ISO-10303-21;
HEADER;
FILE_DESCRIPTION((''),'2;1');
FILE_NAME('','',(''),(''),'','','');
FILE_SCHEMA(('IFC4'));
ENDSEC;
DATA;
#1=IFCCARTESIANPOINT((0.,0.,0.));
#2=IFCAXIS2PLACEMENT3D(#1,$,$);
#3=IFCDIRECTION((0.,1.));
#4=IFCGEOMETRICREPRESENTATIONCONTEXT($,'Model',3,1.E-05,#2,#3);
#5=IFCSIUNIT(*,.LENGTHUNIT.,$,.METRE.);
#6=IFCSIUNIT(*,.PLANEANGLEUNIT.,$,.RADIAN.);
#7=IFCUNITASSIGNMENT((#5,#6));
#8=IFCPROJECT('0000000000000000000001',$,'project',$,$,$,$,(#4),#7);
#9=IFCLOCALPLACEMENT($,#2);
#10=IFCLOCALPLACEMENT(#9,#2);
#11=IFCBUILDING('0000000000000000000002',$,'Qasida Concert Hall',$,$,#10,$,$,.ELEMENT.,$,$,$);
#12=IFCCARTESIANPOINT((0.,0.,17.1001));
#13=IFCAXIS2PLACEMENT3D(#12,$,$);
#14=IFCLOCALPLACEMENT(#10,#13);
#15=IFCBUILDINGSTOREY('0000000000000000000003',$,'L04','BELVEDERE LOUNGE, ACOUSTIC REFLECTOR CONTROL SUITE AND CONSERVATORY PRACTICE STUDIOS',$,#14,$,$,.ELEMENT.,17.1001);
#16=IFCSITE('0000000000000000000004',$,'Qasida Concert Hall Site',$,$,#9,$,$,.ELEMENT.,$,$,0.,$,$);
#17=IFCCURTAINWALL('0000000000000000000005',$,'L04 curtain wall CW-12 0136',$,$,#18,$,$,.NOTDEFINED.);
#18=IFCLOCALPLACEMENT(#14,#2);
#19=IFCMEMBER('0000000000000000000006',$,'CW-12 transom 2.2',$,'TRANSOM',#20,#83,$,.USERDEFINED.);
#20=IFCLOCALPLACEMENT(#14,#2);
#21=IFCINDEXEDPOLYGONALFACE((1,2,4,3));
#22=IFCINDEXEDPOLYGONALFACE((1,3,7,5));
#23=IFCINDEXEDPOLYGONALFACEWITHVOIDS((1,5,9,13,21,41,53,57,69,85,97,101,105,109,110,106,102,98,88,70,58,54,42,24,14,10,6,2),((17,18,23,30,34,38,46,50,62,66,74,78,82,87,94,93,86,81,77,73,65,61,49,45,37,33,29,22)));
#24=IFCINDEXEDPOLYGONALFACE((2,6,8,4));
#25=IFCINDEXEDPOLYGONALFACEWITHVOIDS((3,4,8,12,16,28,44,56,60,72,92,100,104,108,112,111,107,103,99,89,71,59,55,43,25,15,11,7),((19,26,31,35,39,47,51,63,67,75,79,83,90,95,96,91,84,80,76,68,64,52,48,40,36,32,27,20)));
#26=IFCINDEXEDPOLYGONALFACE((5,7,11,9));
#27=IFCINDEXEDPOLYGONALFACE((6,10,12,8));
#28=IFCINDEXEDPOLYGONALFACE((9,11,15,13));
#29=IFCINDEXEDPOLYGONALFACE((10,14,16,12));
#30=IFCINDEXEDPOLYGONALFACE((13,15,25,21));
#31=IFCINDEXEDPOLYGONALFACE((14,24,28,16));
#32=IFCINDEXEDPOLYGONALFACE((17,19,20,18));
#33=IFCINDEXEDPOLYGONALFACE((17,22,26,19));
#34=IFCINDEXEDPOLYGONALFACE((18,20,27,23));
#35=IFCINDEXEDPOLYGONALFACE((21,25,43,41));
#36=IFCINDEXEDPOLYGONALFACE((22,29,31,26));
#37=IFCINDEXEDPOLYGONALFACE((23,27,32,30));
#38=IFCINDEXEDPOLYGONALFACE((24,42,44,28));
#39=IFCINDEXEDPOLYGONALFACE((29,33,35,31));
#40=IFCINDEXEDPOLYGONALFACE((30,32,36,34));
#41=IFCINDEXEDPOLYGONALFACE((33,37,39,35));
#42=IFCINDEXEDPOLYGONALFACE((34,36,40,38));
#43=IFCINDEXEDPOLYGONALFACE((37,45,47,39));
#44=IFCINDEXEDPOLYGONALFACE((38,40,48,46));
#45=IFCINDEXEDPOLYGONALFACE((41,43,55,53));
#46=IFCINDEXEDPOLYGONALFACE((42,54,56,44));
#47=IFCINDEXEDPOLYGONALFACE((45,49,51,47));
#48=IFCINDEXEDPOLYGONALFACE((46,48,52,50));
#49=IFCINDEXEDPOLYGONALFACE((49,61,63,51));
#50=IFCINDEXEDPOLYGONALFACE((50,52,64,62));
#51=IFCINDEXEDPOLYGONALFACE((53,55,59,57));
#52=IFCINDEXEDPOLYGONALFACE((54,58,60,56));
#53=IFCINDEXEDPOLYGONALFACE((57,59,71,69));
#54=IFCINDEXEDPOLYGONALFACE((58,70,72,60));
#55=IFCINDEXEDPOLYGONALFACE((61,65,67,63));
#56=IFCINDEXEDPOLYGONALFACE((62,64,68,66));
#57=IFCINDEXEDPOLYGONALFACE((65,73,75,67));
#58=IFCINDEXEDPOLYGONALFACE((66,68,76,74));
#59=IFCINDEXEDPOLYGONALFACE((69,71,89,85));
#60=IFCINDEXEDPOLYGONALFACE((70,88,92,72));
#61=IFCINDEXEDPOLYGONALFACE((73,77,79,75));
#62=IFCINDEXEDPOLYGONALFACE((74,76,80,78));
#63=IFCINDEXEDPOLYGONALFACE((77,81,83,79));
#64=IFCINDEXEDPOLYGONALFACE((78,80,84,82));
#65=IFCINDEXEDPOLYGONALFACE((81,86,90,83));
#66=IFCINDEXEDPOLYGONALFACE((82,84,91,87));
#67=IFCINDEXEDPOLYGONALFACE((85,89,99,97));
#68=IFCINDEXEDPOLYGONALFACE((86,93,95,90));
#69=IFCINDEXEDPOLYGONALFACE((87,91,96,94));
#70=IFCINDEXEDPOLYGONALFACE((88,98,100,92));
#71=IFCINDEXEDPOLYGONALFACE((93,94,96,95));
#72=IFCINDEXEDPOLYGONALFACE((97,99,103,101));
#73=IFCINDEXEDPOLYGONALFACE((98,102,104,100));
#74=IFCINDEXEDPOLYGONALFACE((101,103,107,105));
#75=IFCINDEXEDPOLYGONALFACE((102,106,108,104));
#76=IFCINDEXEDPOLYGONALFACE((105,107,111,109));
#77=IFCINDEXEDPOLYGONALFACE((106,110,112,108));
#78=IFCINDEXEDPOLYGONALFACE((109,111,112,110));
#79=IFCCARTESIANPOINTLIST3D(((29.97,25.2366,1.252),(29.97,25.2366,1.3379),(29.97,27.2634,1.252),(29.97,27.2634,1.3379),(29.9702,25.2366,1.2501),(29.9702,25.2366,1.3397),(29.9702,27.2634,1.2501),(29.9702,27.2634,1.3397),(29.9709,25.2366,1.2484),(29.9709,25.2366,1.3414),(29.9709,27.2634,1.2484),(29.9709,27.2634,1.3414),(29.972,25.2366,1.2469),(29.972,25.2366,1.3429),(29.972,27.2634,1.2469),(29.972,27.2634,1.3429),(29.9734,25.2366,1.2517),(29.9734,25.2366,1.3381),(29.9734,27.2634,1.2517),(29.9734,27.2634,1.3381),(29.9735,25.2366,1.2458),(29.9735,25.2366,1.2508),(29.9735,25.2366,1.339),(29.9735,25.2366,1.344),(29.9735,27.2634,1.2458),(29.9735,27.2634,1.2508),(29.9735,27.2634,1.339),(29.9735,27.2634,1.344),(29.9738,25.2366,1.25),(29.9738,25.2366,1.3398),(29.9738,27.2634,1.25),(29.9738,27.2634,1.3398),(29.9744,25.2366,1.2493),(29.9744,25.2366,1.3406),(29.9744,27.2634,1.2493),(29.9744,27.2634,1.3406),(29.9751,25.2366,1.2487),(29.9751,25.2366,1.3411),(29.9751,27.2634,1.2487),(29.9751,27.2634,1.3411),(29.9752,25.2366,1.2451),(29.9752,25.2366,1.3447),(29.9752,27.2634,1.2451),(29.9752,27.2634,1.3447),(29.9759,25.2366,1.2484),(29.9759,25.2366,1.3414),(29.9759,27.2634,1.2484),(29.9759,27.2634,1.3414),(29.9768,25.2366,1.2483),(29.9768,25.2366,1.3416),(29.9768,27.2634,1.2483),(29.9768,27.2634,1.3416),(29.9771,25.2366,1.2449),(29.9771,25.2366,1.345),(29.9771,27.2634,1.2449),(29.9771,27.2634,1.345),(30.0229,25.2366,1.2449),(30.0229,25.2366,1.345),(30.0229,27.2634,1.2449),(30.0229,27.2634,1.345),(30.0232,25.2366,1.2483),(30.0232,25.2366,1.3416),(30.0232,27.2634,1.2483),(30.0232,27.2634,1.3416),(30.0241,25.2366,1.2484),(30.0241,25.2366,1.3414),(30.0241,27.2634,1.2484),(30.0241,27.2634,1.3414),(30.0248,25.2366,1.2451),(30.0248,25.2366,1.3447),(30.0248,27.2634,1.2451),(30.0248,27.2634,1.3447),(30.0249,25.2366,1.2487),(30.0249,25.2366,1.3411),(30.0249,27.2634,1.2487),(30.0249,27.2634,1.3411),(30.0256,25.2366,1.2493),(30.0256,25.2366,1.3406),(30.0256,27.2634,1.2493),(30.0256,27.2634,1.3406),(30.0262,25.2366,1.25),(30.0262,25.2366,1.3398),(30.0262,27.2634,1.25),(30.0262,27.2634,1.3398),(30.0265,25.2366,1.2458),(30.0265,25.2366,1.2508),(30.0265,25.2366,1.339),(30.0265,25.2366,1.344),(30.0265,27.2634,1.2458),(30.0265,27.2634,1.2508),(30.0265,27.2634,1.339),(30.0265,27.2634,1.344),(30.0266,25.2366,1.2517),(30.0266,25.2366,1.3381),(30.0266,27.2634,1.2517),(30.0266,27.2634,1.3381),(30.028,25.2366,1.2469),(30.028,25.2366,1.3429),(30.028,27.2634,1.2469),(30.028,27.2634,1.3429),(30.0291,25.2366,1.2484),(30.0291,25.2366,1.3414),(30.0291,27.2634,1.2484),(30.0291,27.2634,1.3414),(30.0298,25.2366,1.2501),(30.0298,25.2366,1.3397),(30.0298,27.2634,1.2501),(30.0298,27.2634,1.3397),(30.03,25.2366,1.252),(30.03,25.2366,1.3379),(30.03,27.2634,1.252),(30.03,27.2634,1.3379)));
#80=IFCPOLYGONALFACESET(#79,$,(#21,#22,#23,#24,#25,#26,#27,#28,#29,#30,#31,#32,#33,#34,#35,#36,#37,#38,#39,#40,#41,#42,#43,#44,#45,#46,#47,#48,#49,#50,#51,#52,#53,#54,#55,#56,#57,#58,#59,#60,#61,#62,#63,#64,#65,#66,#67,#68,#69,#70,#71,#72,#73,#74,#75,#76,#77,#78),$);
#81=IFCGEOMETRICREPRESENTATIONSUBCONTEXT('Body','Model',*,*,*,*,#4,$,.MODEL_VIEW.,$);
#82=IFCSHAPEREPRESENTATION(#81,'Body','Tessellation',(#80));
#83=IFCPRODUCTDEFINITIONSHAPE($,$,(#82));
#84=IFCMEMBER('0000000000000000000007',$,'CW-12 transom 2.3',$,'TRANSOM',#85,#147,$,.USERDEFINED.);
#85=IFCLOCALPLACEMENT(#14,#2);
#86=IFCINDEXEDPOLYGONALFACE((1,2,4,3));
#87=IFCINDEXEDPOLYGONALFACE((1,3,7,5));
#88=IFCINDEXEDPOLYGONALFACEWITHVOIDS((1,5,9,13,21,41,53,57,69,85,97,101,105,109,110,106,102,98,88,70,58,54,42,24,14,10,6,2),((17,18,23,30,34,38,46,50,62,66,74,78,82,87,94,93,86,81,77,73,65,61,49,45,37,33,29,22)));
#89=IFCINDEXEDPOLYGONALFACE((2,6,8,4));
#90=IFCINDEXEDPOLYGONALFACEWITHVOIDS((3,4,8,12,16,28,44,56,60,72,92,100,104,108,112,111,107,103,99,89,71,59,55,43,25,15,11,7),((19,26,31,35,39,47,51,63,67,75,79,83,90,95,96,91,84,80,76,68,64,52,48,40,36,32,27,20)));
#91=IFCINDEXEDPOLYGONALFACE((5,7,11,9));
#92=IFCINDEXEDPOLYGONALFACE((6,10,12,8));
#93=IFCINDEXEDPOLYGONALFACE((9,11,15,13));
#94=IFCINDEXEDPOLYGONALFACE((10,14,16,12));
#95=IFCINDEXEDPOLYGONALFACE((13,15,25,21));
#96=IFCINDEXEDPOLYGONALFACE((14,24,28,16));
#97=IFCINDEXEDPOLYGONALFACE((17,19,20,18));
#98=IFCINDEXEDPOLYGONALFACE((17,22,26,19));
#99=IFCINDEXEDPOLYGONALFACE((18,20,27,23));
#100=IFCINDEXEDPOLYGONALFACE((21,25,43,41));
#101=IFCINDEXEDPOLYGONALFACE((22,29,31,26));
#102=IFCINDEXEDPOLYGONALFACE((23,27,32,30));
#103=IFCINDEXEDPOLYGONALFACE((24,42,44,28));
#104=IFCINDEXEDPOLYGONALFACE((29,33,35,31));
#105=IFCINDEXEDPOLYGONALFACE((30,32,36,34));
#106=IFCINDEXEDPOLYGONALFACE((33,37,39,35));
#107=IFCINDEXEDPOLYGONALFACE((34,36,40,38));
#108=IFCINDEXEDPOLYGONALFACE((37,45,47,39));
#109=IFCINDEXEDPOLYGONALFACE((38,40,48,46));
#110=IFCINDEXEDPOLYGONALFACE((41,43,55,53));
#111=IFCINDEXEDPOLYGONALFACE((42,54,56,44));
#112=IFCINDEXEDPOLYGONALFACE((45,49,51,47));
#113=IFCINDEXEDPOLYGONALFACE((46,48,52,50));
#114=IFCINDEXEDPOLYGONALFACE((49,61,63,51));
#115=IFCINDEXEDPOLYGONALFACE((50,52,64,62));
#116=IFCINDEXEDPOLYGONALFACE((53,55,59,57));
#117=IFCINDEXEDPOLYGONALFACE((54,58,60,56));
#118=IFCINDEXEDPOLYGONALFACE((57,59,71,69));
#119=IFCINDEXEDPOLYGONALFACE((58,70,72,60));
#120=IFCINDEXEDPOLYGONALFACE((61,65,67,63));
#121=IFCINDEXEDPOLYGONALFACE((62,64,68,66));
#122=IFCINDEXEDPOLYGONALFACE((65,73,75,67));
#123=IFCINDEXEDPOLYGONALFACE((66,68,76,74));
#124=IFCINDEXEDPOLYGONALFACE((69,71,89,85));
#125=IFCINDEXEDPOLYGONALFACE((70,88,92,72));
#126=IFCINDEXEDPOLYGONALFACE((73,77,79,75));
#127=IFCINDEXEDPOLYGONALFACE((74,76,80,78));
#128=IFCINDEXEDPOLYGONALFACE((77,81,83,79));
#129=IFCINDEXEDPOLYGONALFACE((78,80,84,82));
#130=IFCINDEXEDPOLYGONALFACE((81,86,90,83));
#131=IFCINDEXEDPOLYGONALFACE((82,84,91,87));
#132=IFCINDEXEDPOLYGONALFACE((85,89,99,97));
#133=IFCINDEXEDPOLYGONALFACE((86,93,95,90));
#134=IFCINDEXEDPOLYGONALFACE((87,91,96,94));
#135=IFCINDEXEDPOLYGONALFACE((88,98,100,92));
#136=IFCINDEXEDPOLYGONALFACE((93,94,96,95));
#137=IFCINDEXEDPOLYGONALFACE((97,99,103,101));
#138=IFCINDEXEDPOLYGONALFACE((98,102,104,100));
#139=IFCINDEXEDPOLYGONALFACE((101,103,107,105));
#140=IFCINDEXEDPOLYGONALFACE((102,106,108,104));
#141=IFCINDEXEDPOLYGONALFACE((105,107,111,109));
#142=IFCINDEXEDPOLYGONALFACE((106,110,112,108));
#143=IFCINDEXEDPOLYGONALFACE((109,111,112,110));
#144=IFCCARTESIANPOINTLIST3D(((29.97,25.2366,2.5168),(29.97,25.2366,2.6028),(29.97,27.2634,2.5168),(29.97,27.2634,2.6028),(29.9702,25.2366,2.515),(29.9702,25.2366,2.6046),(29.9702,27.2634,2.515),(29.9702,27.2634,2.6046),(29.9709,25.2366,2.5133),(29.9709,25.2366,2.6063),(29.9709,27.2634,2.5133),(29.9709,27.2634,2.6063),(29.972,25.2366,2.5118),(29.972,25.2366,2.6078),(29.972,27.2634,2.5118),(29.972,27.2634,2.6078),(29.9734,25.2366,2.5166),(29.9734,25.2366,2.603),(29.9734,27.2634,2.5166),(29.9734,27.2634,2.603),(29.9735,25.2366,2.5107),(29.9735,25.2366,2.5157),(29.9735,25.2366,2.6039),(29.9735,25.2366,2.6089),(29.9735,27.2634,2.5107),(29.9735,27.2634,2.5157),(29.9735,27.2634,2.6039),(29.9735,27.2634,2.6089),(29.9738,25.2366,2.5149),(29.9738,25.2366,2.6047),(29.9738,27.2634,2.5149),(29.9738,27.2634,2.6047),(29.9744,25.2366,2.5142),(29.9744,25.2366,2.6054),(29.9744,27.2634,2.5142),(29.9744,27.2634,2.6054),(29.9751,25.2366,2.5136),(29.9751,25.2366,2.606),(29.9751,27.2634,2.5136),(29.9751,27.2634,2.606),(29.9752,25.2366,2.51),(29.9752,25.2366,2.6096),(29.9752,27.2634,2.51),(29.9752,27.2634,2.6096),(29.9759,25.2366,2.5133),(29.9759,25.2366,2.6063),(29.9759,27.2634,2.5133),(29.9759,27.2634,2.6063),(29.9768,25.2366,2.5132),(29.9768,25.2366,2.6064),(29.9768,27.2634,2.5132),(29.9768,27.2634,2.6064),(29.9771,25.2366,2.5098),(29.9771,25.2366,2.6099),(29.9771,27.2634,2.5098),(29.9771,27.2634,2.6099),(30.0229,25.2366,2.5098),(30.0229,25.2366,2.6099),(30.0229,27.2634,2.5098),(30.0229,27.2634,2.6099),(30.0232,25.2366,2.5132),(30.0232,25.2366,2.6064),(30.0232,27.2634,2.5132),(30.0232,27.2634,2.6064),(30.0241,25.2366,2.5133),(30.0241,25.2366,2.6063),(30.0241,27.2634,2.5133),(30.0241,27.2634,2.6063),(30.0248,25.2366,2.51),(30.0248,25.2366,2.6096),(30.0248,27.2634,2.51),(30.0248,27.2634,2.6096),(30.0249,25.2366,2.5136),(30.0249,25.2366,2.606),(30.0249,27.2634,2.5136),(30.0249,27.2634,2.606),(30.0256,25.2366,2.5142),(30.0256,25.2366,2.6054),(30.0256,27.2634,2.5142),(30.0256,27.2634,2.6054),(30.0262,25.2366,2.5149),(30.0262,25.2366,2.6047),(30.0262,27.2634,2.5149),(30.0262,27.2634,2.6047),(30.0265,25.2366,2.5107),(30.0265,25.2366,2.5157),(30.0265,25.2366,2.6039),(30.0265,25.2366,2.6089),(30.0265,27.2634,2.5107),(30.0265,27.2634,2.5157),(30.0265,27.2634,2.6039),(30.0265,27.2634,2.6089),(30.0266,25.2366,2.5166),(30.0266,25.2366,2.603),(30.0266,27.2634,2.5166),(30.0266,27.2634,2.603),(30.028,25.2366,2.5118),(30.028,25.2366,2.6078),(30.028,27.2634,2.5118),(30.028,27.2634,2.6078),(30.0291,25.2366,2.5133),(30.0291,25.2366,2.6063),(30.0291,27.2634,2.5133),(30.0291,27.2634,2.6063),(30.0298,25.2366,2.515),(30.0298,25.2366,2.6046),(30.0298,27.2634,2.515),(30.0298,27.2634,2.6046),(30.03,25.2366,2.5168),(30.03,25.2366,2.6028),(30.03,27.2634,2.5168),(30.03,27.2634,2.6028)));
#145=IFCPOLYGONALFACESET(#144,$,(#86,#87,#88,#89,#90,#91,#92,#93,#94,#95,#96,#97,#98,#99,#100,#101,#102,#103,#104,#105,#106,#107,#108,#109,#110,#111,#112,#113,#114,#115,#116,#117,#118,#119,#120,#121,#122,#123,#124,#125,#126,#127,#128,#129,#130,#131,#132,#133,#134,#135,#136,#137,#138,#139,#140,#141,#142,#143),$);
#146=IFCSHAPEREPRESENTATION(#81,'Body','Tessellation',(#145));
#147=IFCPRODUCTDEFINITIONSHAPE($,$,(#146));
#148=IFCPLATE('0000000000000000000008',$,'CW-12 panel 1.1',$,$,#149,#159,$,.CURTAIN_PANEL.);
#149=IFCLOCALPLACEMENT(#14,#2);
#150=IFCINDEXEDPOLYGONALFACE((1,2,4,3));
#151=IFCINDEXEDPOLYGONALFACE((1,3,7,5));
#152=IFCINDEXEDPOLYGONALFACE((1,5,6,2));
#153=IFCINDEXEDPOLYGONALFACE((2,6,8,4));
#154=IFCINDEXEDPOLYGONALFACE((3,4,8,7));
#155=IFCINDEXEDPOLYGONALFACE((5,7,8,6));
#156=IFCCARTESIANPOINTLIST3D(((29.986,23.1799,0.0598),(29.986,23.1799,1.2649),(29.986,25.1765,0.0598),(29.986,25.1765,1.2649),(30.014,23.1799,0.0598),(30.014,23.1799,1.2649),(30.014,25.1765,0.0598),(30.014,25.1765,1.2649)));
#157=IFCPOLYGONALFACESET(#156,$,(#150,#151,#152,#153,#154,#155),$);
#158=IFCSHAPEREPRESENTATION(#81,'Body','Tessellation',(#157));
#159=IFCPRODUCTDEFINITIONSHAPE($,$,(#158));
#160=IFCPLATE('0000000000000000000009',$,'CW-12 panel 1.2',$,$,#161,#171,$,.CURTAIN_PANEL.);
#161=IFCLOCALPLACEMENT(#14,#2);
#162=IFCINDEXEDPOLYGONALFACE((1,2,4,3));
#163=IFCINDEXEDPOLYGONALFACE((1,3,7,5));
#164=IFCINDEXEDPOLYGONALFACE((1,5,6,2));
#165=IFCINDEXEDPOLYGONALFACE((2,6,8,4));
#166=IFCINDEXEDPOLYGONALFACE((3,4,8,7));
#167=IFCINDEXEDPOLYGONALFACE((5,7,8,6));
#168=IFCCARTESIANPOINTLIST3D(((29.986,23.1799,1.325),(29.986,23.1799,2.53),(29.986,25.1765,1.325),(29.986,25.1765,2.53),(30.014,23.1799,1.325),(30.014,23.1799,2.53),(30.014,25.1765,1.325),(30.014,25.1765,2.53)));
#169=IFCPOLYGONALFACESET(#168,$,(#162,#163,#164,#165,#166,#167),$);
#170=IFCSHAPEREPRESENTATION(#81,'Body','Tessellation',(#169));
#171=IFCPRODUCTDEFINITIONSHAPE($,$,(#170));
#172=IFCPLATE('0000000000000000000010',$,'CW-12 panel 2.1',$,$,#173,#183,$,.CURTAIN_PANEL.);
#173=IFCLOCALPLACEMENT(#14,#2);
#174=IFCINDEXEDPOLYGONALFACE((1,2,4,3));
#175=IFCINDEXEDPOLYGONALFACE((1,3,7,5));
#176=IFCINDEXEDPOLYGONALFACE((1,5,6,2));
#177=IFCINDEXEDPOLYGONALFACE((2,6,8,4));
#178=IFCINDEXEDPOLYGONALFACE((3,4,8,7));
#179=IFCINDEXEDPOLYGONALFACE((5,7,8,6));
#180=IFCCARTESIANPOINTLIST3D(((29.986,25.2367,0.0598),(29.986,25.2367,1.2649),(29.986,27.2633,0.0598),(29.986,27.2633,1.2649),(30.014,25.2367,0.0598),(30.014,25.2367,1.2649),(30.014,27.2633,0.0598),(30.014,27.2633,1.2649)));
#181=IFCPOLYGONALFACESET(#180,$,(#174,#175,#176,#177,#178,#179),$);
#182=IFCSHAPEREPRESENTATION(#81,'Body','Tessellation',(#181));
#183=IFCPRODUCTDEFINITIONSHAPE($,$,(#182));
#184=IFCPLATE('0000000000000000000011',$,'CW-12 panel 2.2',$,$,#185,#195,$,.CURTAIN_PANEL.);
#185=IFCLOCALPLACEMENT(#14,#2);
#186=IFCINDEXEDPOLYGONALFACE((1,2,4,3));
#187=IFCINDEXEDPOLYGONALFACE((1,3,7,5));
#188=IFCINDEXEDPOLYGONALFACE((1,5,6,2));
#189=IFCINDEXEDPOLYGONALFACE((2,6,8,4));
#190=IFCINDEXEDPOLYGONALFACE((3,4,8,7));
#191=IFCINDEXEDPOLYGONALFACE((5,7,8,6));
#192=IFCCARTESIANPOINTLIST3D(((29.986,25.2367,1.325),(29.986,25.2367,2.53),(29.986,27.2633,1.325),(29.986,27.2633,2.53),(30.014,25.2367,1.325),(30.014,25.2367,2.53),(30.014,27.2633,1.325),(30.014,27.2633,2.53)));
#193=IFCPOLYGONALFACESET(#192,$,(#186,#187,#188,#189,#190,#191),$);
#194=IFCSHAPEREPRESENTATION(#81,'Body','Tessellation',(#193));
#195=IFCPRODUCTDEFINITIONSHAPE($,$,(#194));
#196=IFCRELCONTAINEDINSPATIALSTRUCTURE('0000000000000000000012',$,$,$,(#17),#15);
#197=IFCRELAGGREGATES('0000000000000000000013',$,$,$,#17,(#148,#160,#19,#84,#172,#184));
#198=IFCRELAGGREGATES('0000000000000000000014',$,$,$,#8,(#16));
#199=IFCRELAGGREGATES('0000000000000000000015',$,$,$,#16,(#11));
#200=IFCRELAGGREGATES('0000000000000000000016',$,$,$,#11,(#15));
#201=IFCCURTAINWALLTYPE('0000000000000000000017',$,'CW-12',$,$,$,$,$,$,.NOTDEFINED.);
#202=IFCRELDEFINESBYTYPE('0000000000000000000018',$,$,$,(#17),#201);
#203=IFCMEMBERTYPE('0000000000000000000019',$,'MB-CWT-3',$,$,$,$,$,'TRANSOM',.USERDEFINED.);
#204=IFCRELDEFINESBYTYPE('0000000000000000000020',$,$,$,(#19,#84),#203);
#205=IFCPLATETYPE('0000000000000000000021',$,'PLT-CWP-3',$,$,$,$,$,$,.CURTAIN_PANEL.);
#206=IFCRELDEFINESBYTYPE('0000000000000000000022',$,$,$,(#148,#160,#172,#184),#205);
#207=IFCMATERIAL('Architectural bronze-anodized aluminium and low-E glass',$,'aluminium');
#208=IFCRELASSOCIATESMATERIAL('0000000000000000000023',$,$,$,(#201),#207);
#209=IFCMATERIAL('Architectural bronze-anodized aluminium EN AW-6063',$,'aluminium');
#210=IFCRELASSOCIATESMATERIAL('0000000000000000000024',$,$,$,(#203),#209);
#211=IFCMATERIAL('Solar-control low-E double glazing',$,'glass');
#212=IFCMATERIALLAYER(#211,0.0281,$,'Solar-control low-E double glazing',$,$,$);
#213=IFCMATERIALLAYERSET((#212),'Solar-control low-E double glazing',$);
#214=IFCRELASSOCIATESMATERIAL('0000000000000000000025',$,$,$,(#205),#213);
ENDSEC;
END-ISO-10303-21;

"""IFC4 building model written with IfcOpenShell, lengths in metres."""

from ifc_helpers import new_model, si_unit, direction, frame, origin, origin_2d, place, context, subcontext, project, spatial, rectangle, hollow_rectangle, extrude, material, layer, layer_set, material_profile, profile_set, type_object, element, aggregate, save


model = new_model("IFC4")

# Units and contexts
model_context = context("Model", 3, precision=1e-05, world=origin(), true_north=direction((0.0, 1.0)))
body_context = subcontext(model_context, "Body", "Model", "MODEL_VIEW")
ifc_project = project(units=[si_unit("LENGTHUNIT", "METRE"), si_unit("PLANEANGLEUNIT", "RADIAN")], contexts=[model_context])

# Site, building, storey
site_placement = place(None, origin())
site = spatial("IfcSite", under=ifc_project, at=site_placement, Name="Qasida Concert Hall Site", CompositionType="ELEMENT", RefElevation=0.0)
building_placement = place(site_placement, origin())
building = spatial("IfcBuilding", under=site, at=building_placement, Name="Qasida Concert Hall", CompositionType="ELEMENT")
storey_placement = place(building_placement, frame((0.0, 0.0, 17.1001)))
storey = spatial("IfcBuildingStorey", under=building, at=storey_placement, Name="L04", Description="BELVEDERE LOUNGE, ACOUSTIC REFLECTOR CONTROL SUITE AND CONSERVATORY PRACTICE STUDIOS", CompositionType="ELEMENT", Elevation=17.1001)

# Curtain wall, members, plates
ifc_material_1 = material(Name="Architectural bronze-anodized aluminium and low-E glass", Category="aluminium")
curtain_wall_type = type_object("IfcCurtainWallType", Name="CW-12", PredefinedType="NOTDEFINED", material=ifc_material_1)
curtain_wall_placement = place(storey_placement, origin())
curtain_wall = element("IfcCurtainWall", 1, at=curtain_wall_placement, inside=storey, type_object=curtain_wall_type, Name="L04 curtain wall CW-12 0136", PredefinedType="NOTDEFINED")
ifc_material_2 = material(Name="Architectural bronze-anodized aluminium EN AW-6063", Category="aluminium")
ifc_material_profile_1 = material_profile(ifc_material_2, hollow_rectangle(XDim=0.0601, YDim=0.1001, WallThickness=0.0034, InnerFilletRadius=0.0034, OuterFilletRadius=0.0071, at=origin_2d()), Name="CWT 100x60x3.5")
ifc_profile_set_1 = profile_set([ifc_material_profile_1], Name="Architectural bronze-anodized aluminium EN AW-6063")
member_type_1 = type_object("IfcMemberType", Name="MB-CWT-3", ElementType="TRANSOM", PredefinedType="USERDEFINED", material=ifc_profile_set_1)
member_1_placement = place(storey_placement, frame((30.0, 25.2366, 1.2949), z_axis=(0.0, 1.0, 0.0), x_axis=(-1.0, 0.0, 0.0)))
member_1 = element("IfcMember", 2, at=member_1_placement, type_object=member_type_1, Name="CW-12 transom 2.2", ObjectType="TRANSOM", PredefinedType="USERDEFINED", context=body_context, shape_type="SweptSolid", body=[
    extrude(hollow_rectangle(XDim=0.0601, YDim=0.1001, WallThickness=0.0034, InnerFilletRadius=0.0034, OuterFilletRadius=0.0071, at=origin_2d()), origin(), (0.0, 0.0, 1.0), 2.0269),
])
member_2_placement = place(storey_placement, frame((30.0, 25.2366, 2.5598), z_axis=(0.0, 1.0, 0.0), x_axis=(-1.0, 0.0, 0.0)))
member_2 = element("IfcMember", 3, at=member_2_placement, type_object=member_type_1, Name="CW-12 transom 2.3", ObjectType="TRANSOM", PredefinedType="USERDEFINED", context=body_context, shape_type="SweptSolid", body=[
    extrude(hollow_rectangle(XDim=0.0601, YDim=0.1001, WallThickness=0.0034, InnerFilletRadius=0.0034, OuterFilletRadius=0.0071, at=origin_2d()), origin(), (0.0, 0.0, 1.0), 2.0269),
])
ifc_material_3 = material(Name="Solar-control low-E double glazing", Category="glass")
ifc_layer_1 = layer(ifc_material_3, 0.0281, Name="Solar-control low-E double glazing")
ifc_layer_set_1 = layer_set([ifc_layer_1], Name="Solar-control low-E double glazing")
plate_type = type_object("IfcPlateType", Name="PLT-CWP-3", PredefinedType="CURTAIN_PANEL", material=ifc_layer_set_1)
plate_1_placement = place(storey_placement, frame((30.0, 24.1782, 0.0598), z_axis=(0.0, 0.0, 1.0), x_axis=(0.0, 1.0, 0.0)))
plate_1 = element("IfcPlate", 4, at=plate_1_placement, type_object=plate_type, Name="CW-12 panel 1.1", PredefinedType="CURTAIN_PANEL", context=body_context, shape_type="SweptSolid", body=[
    extrude(rectangle(XDim=1.9966, YDim=0.0281, at=origin_2d()), origin(), (0.0, 0.0, 1.0), 1.2051),
])
plate_2_placement = place(storey_placement, frame((30.0, 24.1782, 1.325), z_axis=(0.0, 0.0, 1.0), x_axis=(0.0, 1.0, 0.0)))
plate_2 = element("IfcPlate", 5, at=plate_2_placement, type_object=plate_type, Name="CW-12 panel 1.2", PredefinedType="CURTAIN_PANEL", context=body_context, shape_type="SweptSolid", body=[
    extrude(rectangle(XDim=1.9966, YDim=0.0281, at=origin_2d()), origin(), (0.0, 0.0, 1.0), 1.2051),
])
plate_3_placement = place(storey_placement, frame((30.0, 26.25, 0.0598), z_axis=(0.0, 0.0, 1.0), x_axis=(0.0, 1.0, 0.0)))
plate_3 = element("IfcPlate", 6, at=plate_3_placement, type_object=plate_type, Name="CW-12 panel 2.1", PredefinedType="CURTAIN_PANEL", context=body_context, shape_type="SweptSolid", body=[
    extrude(rectangle(XDim=2.0266, YDim=0.0281, at=origin_2d()), origin(), (0.0, 0.0, 1.0), 1.2051),
])
plate_4_placement = place(storey_placement, frame((30.0, 26.25, 1.325), z_axis=(0.0, 0.0, 1.0), x_axis=(0.0, 1.0, 0.0)))
plate_4 = element("IfcPlate", 7, at=plate_4_placement, type_object=plate_type, Name="CW-12 panel 2.2", PredefinedType="CURTAIN_PANEL", context=body_context, shape_type="SweptSolid", body=[
    extrude(rectangle(XDim=2.0266, YDim=0.0281, at=origin_2d()), origin(), (0.0, 0.0, 1.0), 1.2051),
])
aggregate(curtain_wall, [plate_1, plate_2, member_1, member_2, plate_3, plate_4])

save(model, "model.ifc")
